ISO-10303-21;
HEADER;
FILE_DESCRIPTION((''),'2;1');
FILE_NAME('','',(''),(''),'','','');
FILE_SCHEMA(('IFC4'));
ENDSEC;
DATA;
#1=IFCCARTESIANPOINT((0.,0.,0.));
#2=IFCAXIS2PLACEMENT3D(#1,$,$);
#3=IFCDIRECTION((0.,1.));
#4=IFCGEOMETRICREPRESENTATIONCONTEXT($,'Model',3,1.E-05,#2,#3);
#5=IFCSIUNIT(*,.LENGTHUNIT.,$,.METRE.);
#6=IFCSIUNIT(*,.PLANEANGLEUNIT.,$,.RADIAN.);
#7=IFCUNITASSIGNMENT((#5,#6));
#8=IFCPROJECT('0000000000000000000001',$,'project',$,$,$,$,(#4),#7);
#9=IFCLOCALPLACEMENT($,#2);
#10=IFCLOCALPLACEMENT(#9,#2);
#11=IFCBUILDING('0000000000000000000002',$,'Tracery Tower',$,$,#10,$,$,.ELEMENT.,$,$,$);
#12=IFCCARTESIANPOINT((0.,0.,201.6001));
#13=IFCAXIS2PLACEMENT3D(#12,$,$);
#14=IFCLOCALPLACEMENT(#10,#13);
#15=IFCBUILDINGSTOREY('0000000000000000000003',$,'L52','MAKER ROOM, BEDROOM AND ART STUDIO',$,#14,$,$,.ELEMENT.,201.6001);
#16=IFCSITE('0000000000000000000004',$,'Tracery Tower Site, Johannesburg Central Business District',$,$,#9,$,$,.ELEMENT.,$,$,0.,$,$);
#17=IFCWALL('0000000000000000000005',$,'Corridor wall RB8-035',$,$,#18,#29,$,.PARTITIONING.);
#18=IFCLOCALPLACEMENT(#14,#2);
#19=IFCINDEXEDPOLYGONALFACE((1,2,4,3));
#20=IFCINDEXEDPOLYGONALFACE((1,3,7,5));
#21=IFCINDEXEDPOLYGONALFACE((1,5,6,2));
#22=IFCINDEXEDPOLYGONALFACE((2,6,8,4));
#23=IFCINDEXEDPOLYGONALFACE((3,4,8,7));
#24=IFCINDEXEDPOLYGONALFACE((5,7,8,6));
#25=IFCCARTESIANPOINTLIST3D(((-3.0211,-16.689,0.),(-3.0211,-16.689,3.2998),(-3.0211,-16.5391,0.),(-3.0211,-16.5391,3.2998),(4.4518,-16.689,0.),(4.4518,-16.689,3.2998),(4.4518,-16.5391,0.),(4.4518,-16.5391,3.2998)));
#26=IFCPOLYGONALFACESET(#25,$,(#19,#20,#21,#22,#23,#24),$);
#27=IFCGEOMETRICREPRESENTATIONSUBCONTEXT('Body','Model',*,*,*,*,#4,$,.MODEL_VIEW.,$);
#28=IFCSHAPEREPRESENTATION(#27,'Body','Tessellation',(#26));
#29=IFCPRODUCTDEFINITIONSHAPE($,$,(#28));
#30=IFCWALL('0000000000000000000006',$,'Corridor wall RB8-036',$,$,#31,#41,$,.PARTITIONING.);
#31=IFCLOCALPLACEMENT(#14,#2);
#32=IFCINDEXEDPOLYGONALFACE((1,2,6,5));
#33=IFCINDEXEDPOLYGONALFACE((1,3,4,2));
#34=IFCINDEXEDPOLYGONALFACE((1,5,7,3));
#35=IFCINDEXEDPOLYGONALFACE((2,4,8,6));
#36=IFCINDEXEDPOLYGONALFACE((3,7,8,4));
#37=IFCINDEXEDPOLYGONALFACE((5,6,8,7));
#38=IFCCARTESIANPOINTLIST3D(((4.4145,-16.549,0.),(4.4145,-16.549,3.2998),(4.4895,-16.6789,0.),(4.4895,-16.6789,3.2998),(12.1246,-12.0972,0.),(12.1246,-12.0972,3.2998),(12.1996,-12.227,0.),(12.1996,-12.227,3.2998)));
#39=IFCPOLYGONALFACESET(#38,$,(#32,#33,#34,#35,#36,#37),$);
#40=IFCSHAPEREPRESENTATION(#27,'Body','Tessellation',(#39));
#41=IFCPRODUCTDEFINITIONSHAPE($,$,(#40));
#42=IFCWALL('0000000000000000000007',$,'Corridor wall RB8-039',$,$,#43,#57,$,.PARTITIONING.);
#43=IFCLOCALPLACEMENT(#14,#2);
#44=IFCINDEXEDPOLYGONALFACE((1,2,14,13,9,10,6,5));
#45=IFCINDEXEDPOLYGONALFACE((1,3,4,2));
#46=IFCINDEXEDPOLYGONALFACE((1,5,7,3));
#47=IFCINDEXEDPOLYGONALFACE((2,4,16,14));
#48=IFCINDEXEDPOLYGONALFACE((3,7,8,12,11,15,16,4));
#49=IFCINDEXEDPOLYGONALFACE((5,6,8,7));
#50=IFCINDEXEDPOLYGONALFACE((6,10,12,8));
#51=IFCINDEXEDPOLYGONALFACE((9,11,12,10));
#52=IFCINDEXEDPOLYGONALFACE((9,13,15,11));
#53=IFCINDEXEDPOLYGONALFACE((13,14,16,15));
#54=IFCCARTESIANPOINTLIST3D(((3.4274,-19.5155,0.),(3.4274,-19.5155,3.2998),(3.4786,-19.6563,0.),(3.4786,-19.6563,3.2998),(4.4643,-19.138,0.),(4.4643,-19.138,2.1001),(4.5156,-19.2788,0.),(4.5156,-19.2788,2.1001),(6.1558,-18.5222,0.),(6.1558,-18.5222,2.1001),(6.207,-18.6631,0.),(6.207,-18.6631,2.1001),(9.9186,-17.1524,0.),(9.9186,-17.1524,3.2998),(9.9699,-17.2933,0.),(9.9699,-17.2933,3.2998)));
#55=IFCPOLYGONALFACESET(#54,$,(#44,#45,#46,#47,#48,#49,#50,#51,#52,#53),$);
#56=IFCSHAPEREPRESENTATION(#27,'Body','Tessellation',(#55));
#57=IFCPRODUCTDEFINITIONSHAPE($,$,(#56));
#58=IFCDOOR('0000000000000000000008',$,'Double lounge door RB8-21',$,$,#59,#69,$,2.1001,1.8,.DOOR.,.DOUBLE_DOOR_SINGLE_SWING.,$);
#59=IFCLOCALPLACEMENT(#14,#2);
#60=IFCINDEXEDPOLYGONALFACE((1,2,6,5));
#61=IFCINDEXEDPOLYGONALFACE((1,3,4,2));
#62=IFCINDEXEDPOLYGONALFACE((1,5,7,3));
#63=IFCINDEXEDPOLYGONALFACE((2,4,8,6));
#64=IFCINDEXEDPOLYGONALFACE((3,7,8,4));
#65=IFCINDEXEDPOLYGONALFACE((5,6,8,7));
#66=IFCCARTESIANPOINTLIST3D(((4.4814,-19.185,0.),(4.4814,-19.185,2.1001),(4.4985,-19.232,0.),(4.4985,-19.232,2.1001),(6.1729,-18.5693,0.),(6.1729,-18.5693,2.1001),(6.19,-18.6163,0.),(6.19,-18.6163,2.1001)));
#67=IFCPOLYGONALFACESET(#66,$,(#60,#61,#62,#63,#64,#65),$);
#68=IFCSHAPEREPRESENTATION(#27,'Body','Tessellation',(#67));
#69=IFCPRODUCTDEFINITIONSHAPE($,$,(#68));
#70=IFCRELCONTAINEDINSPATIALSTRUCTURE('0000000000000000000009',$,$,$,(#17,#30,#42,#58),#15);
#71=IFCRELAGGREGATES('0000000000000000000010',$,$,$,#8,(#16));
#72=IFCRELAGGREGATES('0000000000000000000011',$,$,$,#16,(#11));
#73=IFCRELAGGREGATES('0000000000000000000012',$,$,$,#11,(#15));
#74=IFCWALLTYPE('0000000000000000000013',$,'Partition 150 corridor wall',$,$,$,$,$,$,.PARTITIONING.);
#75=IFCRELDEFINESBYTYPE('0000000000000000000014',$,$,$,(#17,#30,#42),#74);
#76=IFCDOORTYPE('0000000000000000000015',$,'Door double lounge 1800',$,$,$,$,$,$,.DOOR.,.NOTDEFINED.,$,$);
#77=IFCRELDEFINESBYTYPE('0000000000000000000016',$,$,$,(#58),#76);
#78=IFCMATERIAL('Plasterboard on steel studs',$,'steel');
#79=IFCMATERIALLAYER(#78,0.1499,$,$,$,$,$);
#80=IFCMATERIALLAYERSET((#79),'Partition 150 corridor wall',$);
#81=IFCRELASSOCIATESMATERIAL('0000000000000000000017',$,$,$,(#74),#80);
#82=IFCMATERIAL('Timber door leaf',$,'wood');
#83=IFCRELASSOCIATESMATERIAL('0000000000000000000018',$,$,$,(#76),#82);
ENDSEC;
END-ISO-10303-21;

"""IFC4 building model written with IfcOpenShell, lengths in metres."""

from ifc_helpers import new_model, si_unit, direction, frame, frame_2d, origin, place, context, subcontext, project, spatial, rectangle, extrude, material, layer, layer_set, type_object, element, fill, save


model = new_model("IFC4")

# Units and contexts
model_context = context("Model", 3, precision=1e-05, world=origin(), true_north=direction((0.0, 1.0)))
body_context = subcontext(model_context, "Body", "Model", "MODEL_VIEW")
ifc_project = project(units=[si_unit("LENGTHUNIT", "METRE"), si_unit("PLANEANGLEUNIT", "RADIAN")], contexts=[model_context])

# Site, building, storey
site_placement = place(None, origin())
site = spatial("IfcSite", under=ifc_project, at=site_placement, Name="Tracery Tower Site, Johannesburg Central Business District", CompositionType="ELEMENT", RefElevation=0.0)
building_placement = place(site_placement, origin())
building = spatial("IfcBuilding", under=site, at=building_placement, Name="Tracery Tower", CompositionType="ELEMENT")
storey_placement = place(building_placement, frame((0.0, 0.0, 201.6001)))
storey = spatial("IfcBuildingStorey", under=building, at=storey_placement, Name="L52", Description="MAKER ROOM, BEDROOM AND ART STUDIO", CompositionType="ELEMENT", Elevation=201.6001)

# Shared definitions
ifc_material_1 = material(Name="Plasterboard on steel studs", Category="steel")
ifc_layer_1 = layer(ifc_material_1, 0.1499)
ifc_layer_set_1 = layer_set([ifc_layer_1], Name="Partition 150 corridor wall")
wall_type_1 = type_object("IfcWallType", Name="Partition 150 corridor wall", PredefinedType="PARTITIONING", material=ifc_layer_set_1)

# Walls
wall_1_placement = place(storey_placement, frame((-3.021, -16.614, 0.0), z_axis=(0.0, 0.0, 1.0), x_axis=(1.0, 0.0, 0.0)))
element("IfcWall", 1, at=wall_1_placement, inside=storey, type_object=wall_type_1, Name="Corridor wall RB8-035", PredefinedType="PARTITIONING", context=body_context, shape_type="SweptSolid", body=[
    extrude(rectangle(XDim=7.4729, YDim=0.1499, at=frame_2d((3.7363, 0.0))), origin(), (0.0, 0.0, 1.0), 3.2998),
])
wall_2_placement = place(storey_placement, frame((4.4519, -16.614, 0.0), z_axis=(0.0, 0.0, 1.0), x_axis=(0.866005, 0.500035, 0.0)))
element("IfcWall", 2, at=wall_2_placement, inside=storey, type_object=wall_type_1, Name="Corridor wall RB8-036", PredefinedType="PARTITIONING", context=body_context, shape_type="SweptSolid", body=[
    extrude(rectangle(XDim=8.9031, YDim=0.1499, at=frame_2d((4.4517, 0.0))), origin(), (0.0, 0.0, 1.0), 3.2998),
])

# Wall, opening, door
wall_3_placement = place(storey_placement, frame((3.4529, -19.5859, 0.0), z_axis=(0.0, 0.0, 1.0), x_axis=(0.939673, 0.342075, 0.0)))
wall_3 = element("IfcWall", 3, at=wall_3_placement, inside=storey, type_object=wall_type_1, Name="Corridor wall RB8-039", PredefinedType="PARTITIONING", context=body_context, shape_type="SweptSolid", body=[
    extrude(rectangle(XDim=6.908, YDim=0.1499, at=frame_2d((3.4541, 0.0))), origin(), (0.0, 0.0, 1.0), 3.2998),
])
opening_1_placement = place(wall_3_placement, frame((1.1038, 0.0, 0.0)))
opening_1 = element("IfcOpeningElement", 4, at=opening_1_placement, cuts=wall_3, PredefinedType="OPENING", context=body_context, shape_type="SweptSolid", body=[
    extrude(rectangle(XDim=1.8, YDim=2.1001, at=frame_2d((0.8999, 1.05))), frame((0.0, 0.075, 0.0), z_axis=(0.0, -1.0, 0.0), x_axis=(1.0, 0.0, 0.0)), (0.0, 0.0, 1.0), 0.1499),
])
ifc_material_2 = material(Name="Timber door leaf", Category="wood")
door_type_1 = type_object("IfcDoorType", Name="Door double lounge 1800", OperationType="NOTDEFINED", PredefinedType="DOOR", material=ifc_material_2)
door_1_placement = place(opening_1_placement, origin())
door_1 = element("IfcDoor", 5, at=door_1_placement, inside=storey, type_object=door_type_1, Name="Double lounge door RB8-21", OperationType="DOUBLE_DOOR_SINGLE_SWING", OverallHeight=2.1001, OverallWidth=1.8, PredefinedType="DOOR", context=body_context, shape_type="SweptSolid", body=[
    extrude(rectangle(XDim=1.8, YDim=2.1001, at=frame_2d((0.8999, 1.05))), frame((0.0, 0.0249, 0.0), z_axis=(0.0, -1.0, 0.0), x_axis=(1.0, 0.0, 0.0)), (0.0, 0.0, 1.0), 0.05),
])
fill(opening_1, door_1)

save(model, "model.ifc")
